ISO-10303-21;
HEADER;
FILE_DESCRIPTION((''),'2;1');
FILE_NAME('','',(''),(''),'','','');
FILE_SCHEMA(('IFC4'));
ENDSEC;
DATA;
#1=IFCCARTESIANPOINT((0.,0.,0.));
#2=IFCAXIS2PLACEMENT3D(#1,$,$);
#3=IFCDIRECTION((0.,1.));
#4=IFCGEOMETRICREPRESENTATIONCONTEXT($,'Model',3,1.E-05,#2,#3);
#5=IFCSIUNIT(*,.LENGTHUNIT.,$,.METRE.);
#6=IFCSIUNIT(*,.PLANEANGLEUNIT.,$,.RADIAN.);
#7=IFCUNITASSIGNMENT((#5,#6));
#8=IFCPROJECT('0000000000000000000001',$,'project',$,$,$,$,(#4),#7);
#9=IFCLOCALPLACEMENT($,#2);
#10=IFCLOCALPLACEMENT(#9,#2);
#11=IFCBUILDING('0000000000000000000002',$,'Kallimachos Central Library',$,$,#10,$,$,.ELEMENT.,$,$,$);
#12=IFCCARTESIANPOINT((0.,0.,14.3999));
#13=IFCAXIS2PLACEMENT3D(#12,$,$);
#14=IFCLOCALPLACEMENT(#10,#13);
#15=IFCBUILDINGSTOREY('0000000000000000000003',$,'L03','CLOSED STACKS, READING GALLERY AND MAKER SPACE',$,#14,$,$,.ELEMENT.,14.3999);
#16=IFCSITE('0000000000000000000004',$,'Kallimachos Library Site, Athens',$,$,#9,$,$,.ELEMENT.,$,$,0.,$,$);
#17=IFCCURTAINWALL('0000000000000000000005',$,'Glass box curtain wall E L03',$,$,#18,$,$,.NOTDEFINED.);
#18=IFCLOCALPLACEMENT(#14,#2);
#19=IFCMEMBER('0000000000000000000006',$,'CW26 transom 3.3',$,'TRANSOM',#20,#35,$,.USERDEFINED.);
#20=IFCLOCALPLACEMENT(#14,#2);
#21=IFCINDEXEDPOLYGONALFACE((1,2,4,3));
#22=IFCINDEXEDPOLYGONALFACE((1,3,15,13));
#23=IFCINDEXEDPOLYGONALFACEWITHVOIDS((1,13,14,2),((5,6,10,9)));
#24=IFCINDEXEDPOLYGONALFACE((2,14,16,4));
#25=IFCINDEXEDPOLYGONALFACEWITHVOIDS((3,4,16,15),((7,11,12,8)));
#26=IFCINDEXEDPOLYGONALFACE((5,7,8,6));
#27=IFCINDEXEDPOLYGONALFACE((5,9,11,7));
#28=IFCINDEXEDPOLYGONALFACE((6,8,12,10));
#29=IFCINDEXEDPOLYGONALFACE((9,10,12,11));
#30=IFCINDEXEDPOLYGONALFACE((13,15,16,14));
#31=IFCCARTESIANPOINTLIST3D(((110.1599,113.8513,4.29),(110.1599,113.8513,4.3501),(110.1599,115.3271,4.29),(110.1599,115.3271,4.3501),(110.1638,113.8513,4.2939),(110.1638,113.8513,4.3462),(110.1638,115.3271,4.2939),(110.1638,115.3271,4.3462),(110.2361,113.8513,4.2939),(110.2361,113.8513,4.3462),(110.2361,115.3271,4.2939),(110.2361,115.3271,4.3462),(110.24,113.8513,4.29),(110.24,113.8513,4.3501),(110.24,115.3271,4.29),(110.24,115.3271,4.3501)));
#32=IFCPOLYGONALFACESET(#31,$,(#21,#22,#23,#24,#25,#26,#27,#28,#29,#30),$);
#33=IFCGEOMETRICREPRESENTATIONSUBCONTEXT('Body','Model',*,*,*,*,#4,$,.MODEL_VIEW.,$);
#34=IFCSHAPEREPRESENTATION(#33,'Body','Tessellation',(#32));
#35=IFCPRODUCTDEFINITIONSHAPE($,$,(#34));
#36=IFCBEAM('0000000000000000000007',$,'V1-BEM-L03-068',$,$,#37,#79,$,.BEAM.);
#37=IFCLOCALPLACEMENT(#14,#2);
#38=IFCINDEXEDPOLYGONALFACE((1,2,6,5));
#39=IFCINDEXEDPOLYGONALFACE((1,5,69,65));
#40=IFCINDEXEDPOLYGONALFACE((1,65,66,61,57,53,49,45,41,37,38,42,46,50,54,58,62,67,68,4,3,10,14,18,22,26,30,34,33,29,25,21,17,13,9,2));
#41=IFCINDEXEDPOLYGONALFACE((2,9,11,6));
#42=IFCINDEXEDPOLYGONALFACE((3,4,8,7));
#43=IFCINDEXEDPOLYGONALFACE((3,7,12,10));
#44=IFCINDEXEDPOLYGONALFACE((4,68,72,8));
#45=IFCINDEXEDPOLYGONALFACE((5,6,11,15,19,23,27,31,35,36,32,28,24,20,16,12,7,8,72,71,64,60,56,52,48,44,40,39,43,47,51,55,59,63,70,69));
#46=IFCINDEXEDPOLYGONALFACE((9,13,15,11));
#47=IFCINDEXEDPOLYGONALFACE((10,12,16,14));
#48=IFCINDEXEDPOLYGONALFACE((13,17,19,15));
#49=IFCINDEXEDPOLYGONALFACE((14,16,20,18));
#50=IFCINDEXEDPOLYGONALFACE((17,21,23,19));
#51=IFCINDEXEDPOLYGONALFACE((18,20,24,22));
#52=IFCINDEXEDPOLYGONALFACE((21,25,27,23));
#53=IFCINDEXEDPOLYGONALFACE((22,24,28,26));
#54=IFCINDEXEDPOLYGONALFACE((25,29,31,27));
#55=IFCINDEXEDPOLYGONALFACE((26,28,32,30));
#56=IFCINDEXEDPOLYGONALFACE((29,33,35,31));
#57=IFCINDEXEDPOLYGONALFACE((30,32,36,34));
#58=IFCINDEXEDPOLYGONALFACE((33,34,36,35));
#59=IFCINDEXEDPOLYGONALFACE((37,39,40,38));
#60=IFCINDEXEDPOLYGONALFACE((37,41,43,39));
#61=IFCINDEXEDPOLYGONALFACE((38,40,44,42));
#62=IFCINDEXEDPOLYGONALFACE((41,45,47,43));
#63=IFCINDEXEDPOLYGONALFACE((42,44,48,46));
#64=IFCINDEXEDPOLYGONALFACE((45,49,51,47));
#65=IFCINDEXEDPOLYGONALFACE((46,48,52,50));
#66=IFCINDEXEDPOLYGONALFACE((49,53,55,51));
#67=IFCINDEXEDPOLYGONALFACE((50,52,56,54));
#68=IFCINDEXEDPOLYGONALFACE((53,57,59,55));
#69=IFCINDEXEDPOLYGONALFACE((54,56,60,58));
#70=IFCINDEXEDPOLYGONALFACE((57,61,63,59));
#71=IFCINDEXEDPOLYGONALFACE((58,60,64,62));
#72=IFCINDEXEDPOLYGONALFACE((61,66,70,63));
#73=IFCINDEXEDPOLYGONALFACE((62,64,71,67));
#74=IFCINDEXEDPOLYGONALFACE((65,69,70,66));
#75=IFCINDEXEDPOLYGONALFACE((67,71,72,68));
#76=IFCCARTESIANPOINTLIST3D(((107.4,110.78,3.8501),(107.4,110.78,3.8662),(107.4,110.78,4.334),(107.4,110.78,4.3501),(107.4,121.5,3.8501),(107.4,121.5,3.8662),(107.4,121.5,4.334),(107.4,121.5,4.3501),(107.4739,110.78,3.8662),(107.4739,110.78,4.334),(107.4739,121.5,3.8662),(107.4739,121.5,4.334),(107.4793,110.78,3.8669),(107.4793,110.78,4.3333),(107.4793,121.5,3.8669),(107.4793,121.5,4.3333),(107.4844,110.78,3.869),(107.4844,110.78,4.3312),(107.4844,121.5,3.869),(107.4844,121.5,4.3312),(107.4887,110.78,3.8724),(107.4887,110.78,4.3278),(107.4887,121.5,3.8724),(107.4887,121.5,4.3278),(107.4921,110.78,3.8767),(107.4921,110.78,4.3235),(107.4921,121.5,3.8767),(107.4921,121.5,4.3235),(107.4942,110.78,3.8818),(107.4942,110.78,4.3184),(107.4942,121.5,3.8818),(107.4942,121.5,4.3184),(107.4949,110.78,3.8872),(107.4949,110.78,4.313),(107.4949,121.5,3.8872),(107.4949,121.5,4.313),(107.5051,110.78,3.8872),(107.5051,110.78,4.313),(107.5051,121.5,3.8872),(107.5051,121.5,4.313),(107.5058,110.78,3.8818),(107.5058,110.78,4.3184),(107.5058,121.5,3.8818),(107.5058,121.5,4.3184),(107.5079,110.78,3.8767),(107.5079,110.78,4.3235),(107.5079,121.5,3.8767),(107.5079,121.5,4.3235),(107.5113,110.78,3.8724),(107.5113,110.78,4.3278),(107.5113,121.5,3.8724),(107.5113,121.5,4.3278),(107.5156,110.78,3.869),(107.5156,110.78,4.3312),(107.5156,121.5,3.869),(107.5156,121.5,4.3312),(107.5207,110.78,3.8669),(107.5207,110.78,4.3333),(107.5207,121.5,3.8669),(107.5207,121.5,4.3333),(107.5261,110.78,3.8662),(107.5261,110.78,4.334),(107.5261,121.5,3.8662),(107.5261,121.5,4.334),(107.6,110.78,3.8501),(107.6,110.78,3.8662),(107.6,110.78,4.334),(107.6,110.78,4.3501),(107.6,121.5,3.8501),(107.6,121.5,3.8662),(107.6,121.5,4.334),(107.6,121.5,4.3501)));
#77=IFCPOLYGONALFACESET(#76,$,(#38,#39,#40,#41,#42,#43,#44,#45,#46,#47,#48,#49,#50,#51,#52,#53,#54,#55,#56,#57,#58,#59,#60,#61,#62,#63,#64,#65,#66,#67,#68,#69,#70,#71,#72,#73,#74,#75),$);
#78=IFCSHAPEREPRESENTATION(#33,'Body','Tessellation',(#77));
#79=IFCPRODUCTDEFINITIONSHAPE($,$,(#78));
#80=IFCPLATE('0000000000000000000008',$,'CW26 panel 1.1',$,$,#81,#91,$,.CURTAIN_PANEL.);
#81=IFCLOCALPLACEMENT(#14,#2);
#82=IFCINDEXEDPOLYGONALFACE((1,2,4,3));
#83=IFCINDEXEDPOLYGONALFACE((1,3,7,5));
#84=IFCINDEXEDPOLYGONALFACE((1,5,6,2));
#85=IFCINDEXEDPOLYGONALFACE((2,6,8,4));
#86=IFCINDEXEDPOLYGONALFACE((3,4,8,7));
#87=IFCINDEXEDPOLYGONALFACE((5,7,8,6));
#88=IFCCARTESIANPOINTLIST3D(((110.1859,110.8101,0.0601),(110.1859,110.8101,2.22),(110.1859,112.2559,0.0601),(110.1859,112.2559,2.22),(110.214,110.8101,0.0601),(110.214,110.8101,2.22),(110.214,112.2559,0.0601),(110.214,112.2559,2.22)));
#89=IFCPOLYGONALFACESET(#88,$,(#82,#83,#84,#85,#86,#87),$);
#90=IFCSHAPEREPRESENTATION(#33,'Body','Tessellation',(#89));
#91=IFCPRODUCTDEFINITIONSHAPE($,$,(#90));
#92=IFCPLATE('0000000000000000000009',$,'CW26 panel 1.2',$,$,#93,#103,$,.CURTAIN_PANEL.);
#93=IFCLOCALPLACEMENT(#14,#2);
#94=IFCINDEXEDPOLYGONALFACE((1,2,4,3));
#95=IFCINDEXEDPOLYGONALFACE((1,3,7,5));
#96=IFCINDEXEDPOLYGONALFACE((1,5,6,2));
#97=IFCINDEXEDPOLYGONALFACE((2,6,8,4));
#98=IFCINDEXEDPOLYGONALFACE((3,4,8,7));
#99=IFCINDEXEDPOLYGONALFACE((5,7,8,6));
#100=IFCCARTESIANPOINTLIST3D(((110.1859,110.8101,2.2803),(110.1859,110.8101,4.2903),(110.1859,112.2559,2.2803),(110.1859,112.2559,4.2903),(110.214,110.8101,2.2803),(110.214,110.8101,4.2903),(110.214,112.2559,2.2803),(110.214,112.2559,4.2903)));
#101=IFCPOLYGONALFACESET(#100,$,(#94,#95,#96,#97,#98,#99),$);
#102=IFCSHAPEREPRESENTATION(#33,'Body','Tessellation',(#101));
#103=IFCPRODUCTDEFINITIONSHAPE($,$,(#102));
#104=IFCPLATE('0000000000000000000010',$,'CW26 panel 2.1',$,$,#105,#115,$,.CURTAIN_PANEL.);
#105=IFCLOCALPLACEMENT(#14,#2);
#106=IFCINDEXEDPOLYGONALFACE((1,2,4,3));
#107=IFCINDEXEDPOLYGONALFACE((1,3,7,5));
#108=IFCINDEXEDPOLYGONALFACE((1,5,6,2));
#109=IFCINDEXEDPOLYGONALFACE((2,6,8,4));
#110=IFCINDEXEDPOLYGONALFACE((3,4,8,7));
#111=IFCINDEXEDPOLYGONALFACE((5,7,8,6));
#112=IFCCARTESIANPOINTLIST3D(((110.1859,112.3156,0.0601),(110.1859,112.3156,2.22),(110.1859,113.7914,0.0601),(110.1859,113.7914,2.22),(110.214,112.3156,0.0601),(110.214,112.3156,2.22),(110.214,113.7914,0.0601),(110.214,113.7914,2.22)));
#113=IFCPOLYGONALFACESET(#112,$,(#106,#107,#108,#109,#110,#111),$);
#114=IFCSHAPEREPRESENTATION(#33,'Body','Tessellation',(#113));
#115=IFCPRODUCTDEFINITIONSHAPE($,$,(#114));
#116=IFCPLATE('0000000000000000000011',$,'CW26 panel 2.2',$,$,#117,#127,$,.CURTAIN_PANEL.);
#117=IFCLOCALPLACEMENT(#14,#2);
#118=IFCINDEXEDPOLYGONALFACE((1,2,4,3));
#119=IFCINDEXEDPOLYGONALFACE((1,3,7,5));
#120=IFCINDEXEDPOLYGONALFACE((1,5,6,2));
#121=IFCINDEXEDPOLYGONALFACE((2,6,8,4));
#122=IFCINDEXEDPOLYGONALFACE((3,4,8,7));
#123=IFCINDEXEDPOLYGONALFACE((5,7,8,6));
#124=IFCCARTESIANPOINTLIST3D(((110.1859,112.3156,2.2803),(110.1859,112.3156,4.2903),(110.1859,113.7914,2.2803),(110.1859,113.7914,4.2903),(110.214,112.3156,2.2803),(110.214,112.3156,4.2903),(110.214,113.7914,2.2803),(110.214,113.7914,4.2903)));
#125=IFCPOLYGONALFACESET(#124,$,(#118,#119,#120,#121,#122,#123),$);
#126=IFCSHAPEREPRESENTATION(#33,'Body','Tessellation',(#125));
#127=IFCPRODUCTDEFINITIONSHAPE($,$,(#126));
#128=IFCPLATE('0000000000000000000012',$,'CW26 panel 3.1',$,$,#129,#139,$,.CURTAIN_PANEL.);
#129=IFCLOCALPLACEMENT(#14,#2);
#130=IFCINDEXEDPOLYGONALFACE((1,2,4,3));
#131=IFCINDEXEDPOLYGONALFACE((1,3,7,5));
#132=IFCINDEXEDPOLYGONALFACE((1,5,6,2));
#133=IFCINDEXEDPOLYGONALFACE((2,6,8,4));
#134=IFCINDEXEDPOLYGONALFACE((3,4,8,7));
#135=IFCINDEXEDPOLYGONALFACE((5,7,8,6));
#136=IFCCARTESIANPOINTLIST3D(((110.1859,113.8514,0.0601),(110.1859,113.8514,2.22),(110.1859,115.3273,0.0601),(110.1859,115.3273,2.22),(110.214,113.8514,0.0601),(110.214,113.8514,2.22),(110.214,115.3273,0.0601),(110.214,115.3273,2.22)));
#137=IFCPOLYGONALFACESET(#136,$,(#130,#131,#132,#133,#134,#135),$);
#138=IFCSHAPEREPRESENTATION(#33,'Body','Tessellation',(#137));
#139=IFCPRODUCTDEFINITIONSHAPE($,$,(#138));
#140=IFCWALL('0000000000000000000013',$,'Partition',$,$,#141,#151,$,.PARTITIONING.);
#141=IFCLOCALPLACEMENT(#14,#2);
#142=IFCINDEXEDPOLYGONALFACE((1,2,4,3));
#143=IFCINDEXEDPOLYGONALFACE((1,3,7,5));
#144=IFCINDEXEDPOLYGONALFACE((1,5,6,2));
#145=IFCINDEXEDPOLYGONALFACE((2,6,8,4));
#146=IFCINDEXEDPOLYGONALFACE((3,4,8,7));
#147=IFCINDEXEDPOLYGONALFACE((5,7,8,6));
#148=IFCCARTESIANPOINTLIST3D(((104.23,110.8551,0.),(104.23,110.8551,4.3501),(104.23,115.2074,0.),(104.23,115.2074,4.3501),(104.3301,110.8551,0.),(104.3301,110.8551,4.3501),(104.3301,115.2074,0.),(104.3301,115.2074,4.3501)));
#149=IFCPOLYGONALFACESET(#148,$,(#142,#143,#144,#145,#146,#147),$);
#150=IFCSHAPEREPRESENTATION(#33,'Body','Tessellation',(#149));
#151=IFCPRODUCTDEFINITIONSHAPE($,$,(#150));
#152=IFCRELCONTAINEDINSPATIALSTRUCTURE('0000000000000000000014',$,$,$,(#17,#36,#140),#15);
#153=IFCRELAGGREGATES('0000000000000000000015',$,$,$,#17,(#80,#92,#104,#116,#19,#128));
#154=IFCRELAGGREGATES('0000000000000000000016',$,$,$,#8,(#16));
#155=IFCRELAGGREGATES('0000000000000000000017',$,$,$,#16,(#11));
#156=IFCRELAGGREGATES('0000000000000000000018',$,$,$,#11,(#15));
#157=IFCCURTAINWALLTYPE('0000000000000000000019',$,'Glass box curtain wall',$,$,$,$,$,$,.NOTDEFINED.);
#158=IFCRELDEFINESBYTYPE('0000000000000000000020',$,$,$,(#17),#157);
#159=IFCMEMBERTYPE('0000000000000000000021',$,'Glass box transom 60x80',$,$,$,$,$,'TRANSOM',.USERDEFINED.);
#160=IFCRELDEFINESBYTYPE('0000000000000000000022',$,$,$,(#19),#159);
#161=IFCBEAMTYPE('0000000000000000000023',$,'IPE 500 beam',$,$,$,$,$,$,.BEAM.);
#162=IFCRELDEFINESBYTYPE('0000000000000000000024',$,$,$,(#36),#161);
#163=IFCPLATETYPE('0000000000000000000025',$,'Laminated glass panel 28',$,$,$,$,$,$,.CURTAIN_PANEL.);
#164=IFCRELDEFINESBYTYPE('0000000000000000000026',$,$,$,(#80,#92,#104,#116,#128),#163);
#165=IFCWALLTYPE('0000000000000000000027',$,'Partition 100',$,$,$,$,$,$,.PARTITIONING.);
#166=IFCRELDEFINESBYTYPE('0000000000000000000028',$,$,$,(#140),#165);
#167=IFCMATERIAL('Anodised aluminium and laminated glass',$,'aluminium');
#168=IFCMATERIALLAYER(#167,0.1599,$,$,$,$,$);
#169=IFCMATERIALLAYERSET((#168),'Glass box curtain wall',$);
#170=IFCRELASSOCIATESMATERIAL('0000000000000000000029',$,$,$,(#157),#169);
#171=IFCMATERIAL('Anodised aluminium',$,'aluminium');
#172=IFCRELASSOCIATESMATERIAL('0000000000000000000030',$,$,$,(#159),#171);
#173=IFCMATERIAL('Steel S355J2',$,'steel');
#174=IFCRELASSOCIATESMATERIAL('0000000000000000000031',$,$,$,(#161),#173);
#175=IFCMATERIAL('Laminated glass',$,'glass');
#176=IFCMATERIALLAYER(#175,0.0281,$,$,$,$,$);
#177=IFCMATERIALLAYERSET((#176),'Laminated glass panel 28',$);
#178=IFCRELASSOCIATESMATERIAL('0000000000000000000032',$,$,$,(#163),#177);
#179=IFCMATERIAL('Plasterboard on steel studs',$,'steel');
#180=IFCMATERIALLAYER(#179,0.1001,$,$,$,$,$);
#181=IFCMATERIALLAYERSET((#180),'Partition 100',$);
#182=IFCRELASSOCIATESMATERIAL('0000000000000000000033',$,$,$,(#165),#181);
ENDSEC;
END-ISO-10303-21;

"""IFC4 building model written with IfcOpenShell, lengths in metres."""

from ifc_helpers import new_model, si_unit, direction, frame, frame_2d, origin, origin_2d, place, context, subcontext, project, spatial, rectangle, hollow_rectangle, i_section, extrude, material, layer, layer_set, material_profile, profile_set, type_object, element, aggregate, save


model = new_model("IFC4")

# Units and contexts
model_context = context("Model", 3, precision=1e-05, world=origin(), true_north=direction((0.0, 1.0)))
body_context = subcontext(model_context, "Body", "Model", "MODEL_VIEW")
ifc_project = project(units=[si_unit("LENGTHUNIT", "METRE"), si_unit("PLANEANGLEUNIT", "RADIAN")], contexts=[model_context])

# Site, building, storey
site_placement = place(None, origin())
site = spatial("IfcSite", under=ifc_project, at=site_placement, Name="Kallimachos Library Site, Athens", CompositionType="ELEMENT", RefElevation=0.0)
building_placement = place(site_placement, origin())
building = spatial("IfcBuilding", under=site, at=building_placement, Name="Kallimachos Central Library", CompositionType="ELEMENT")
storey_placement = place(building_placement, frame((0.0, 0.0, 14.3999)))
storey = spatial("IfcBuildingStorey", under=building, at=storey_placement, Name="L03", Description="CLOSED STACKS, READING GALLERY AND MAKER SPACE", CompositionType="ELEMENT", Elevation=14.3999)

# Curtain wall, member
ifc_material_1 = material(Name="Anodised aluminium and laminated glass", Category="aluminium")
ifc_layer_1 = layer(ifc_material_1, 0.1599)
ifc_layer_set_1 = layer_set([ifc_layer_1], Name="Glass box curtain wall")
curtain_wall_type = type_object("IfcCurtainWallType", Name="Glass box curtain wall", PredefinedType="NOTDEFINED", material=ifc_layer_set_1)
curtain_wall_placement = place(storey_placement, origin())
curtain_wall = element("IfcCurtainWall", 1, at=curtain_wall_placement, inside=storey, type_object=curtain_wall_type, Name="Glass box curtain wall E L03", PredefinedType="NOTDEFINED")
ifc_material_2 = material(Name="Anodised aluminium", Category="aluminium")
ifc_material_profile_1 = material_profile(ifc_material_2, hollow_rectangle(XDim=0.0601, YDim=0.0801, WallThickness=0.0039, at=origin_2d()), Name="ALU TRANSOM 60x80")
ifc_profile_set_1 = profile_set([ifc_material_profile_1], Name="Anodised aluminium")
member_type_1 = type_object("IfcMemberType", Name="Glass box transom 60x80", ElementType="TRANSOM", PredefinedType="USERDEFINED", material=ifc_profile_set_1)
member_1_placement = place(storey_placement, frame((110.2, 113.8513, 4.3201), z_axis=(0.0, 1.0, 0.0), x_axis=(0.0, 0.0, 1.0)))
member_1 = element("IfcMember", 2, at=member_1_placement, type_object=member_type_1, Name="CW26 transom 3.3", ObjectType="TRANSOM", PredefinedType="USERDEFINED", context=body_context, shape_type="SweptSolid", body=[
    extrude(hollow_rectangle(XDim=0.0601, YDim=0.0801, WallThickness=0.0039, at=origin_2d()), origin(), (0.0, 0.0, 1.0), 1.4758),
])

# Beam
ifc_material_3 = material(Name="Steel S355J2", Category="steel")
ifc_material_profile_2 = material_profile(ifc_material_3, i_section(OverallWidth=0.2, OverallDepth=0.5, WebThickness=0.0103, FlangeThickness=0.0161, FilletRadius=0.021, at=origin_2d()), Name="IPE 500")
ifc_profile_set_2 = profile_set([ifc_material_profile_2], Name="Steel S355J2")
beam_type = type_object("IfcBeamType", Name="IPE 500 beam", PredefinedType="BEAM", material=ifc_profile_set_2)
beam_placement = place(storey_placement, frame((107.5, 110.78, 4.1001), z_axis=(0.0, 1.0, 0.0), x_axis=(-1.0, 0.0, 0.0)))
element("IfcBeam", 3, at=beam_placement, inside=storey, type_object=beam_type, Name="V1-BEM-L03-068", PredefinedType="BEAM", context=body_context, shape_type="SweptSolid", body=[
    extrude(i_section(OverallWidth=0.2, OverallDepth=0.5, WebThickness=0.0103, FlangeThickness=0.0161, FilletRadius=0.021, at=origin_2d()), origin(), (0.0, 0.0, 1.0), 10.72),
])

# Plates
ifc_material_4 = material(Name="Laminated glass", Category="glass")
ifc_layer_2 = layer(ifc_material_4, 0.0281)
ifc_layer_set_2 = layer_set([ifc_layer_2], Name="Laminated glass panel 28")
plate_type = type_object("IfcPlateType", Name="Laminated glass panel 28", PredefinedType="CURTAIN_PANEL", material=ifc_layer_set_2)
plate_1_placement = place(storey_placement, frame((110.2, 111.533, 0.0601), z_axis=(0.0, 0.0, 1.0), x_axis=(0.0, 1.0, 0.0)))
plate_1 = element("IfcPlate", 4, at=plate_1_placement, type_object=plate_type, Name="CW26 panel 1.1", PredefinedType="CURTAIN_PANEL", context=body_context, shape_type="SweptSolid", body=[
    extrude(rectangle(XDim=1.4458, YDim=0.0281, at=origin_2d()), origin(), (0.0, 0.0, 1.0), 2.1599),
])
plate_2_placement = place(storey_placement, frame((110.2, 111.533, 2.2803), z_axis=(0.0, 0.0, 1.0), x_axis=(0.0, 1.0, 0.0)))
plate_2 = element("IfcPlate", 5, at=plate_2_placement, type_object=plate_type, Name="CW26 panel 1.2", PredefinedType="CURTAIN_PANEL", context=body_context, shape_type="SweptSolid", body=[
    extrude(rectangle(XDim=1.4458, YDim=0.0281, at=origin_2d()), origin(), (0.0, 0.0, 1.0), 2.01),
])
plate_3_placement = place(storey_placement, frame((110.2, 113.0535, 0.0601), z_axis=(0.0, 0.0, 1.0), x_axis=(0.0, 1.0, 0.0)))
plate_3 = element("IfcPlate", 6, at=plate_3_placement, type_object=plate_type, Name="CW26 panel 2.1", PredefinedType="CURTAIN_PANEL", context=body_context, shape_type="SweptSolid", body=[
    extrude(rectangle(XDim=1.4758, YDim=0.0281, at=origin_2d()), origin(), (0.0, 0.0, 1.0), 2.1599),
])
plate_4_placement = place(storey_placement, frame((110.2, 113.0535, 2.2803), z_axis=(0.0, 0.0, 1.0), x_axis=(0.0, 1.0, 0.0)))
plate_4 = element("IfcPlate", 7, at=plate_4_placement, type_object=plate_type, Name="CW26 panel 2.2", PredefinedType="CURTAIN_PANEL", context=body_context, shape_type="SweptSolid", body=[
    extrude(rectangle(XDim=1.4758, YDim=0.0281, at=origin_2d()), origin(), (0.0, 0.0, 1.0), 2.01),
])
plate_5_placement = place(storey_placement, frame((110.2, 114.5894, 0.0601), z_axis=(0.0, 0.0, 1.0), x_axis=(0.0, 1.0, 0.0)))
plate_5 = element("IfcPlate", 8, at=plate_5_placement, type_object=plate_type, Name="CW26 panel 3.1", PredefinedType="CURTAIN_PANEL", context=body_context, shape_type="SweptSolid", body=[
    extrude(rectangle(XDim=1.4758, YDim=0.0281, at=origin_2d()), origin(), (0.0, 0.0, 1.0), 2.1599),
])
aggregate(curtain_wall, [plate_1, plate_2, plate_3, plate_4, member_1, plate_5])

# Wall
ifc_material_5 = material(Name="Plasterboard on steel studs", Category="steel")
ifc_layer_3 = layer(ifc_material_5, 0.1001)
ifc_layer_set_3 = layer_set([ifc_layer_3], Name="Partition 100")
wall_type = type_object("IfcWallType", Name="Partition 100", PredefinedType="PARTITIONING", material=ifc_layer_set_3)
wall_placement = place(storey_placement, frame((104.28, 110.855, 0.0), z_axis=(0.0, 0.0, 1.0), x_axis=(0.0, 1.0, 0.0)))
element("IfcWall", 9, at=wall_placement, inside=storey, type_object=wall_type, Name="Partition", PredefinedType="PARTITIONING", context=body_context, shape_type="SweptSolid", body=[
    extrude(rectangle(XDim=4.3523, YDim=0.1001, at=frame_2d((2.1763, 0.0))), origin(), (0.0, 0.0, 1.0), 4.3501),
])

save(model, "model.ifc")
